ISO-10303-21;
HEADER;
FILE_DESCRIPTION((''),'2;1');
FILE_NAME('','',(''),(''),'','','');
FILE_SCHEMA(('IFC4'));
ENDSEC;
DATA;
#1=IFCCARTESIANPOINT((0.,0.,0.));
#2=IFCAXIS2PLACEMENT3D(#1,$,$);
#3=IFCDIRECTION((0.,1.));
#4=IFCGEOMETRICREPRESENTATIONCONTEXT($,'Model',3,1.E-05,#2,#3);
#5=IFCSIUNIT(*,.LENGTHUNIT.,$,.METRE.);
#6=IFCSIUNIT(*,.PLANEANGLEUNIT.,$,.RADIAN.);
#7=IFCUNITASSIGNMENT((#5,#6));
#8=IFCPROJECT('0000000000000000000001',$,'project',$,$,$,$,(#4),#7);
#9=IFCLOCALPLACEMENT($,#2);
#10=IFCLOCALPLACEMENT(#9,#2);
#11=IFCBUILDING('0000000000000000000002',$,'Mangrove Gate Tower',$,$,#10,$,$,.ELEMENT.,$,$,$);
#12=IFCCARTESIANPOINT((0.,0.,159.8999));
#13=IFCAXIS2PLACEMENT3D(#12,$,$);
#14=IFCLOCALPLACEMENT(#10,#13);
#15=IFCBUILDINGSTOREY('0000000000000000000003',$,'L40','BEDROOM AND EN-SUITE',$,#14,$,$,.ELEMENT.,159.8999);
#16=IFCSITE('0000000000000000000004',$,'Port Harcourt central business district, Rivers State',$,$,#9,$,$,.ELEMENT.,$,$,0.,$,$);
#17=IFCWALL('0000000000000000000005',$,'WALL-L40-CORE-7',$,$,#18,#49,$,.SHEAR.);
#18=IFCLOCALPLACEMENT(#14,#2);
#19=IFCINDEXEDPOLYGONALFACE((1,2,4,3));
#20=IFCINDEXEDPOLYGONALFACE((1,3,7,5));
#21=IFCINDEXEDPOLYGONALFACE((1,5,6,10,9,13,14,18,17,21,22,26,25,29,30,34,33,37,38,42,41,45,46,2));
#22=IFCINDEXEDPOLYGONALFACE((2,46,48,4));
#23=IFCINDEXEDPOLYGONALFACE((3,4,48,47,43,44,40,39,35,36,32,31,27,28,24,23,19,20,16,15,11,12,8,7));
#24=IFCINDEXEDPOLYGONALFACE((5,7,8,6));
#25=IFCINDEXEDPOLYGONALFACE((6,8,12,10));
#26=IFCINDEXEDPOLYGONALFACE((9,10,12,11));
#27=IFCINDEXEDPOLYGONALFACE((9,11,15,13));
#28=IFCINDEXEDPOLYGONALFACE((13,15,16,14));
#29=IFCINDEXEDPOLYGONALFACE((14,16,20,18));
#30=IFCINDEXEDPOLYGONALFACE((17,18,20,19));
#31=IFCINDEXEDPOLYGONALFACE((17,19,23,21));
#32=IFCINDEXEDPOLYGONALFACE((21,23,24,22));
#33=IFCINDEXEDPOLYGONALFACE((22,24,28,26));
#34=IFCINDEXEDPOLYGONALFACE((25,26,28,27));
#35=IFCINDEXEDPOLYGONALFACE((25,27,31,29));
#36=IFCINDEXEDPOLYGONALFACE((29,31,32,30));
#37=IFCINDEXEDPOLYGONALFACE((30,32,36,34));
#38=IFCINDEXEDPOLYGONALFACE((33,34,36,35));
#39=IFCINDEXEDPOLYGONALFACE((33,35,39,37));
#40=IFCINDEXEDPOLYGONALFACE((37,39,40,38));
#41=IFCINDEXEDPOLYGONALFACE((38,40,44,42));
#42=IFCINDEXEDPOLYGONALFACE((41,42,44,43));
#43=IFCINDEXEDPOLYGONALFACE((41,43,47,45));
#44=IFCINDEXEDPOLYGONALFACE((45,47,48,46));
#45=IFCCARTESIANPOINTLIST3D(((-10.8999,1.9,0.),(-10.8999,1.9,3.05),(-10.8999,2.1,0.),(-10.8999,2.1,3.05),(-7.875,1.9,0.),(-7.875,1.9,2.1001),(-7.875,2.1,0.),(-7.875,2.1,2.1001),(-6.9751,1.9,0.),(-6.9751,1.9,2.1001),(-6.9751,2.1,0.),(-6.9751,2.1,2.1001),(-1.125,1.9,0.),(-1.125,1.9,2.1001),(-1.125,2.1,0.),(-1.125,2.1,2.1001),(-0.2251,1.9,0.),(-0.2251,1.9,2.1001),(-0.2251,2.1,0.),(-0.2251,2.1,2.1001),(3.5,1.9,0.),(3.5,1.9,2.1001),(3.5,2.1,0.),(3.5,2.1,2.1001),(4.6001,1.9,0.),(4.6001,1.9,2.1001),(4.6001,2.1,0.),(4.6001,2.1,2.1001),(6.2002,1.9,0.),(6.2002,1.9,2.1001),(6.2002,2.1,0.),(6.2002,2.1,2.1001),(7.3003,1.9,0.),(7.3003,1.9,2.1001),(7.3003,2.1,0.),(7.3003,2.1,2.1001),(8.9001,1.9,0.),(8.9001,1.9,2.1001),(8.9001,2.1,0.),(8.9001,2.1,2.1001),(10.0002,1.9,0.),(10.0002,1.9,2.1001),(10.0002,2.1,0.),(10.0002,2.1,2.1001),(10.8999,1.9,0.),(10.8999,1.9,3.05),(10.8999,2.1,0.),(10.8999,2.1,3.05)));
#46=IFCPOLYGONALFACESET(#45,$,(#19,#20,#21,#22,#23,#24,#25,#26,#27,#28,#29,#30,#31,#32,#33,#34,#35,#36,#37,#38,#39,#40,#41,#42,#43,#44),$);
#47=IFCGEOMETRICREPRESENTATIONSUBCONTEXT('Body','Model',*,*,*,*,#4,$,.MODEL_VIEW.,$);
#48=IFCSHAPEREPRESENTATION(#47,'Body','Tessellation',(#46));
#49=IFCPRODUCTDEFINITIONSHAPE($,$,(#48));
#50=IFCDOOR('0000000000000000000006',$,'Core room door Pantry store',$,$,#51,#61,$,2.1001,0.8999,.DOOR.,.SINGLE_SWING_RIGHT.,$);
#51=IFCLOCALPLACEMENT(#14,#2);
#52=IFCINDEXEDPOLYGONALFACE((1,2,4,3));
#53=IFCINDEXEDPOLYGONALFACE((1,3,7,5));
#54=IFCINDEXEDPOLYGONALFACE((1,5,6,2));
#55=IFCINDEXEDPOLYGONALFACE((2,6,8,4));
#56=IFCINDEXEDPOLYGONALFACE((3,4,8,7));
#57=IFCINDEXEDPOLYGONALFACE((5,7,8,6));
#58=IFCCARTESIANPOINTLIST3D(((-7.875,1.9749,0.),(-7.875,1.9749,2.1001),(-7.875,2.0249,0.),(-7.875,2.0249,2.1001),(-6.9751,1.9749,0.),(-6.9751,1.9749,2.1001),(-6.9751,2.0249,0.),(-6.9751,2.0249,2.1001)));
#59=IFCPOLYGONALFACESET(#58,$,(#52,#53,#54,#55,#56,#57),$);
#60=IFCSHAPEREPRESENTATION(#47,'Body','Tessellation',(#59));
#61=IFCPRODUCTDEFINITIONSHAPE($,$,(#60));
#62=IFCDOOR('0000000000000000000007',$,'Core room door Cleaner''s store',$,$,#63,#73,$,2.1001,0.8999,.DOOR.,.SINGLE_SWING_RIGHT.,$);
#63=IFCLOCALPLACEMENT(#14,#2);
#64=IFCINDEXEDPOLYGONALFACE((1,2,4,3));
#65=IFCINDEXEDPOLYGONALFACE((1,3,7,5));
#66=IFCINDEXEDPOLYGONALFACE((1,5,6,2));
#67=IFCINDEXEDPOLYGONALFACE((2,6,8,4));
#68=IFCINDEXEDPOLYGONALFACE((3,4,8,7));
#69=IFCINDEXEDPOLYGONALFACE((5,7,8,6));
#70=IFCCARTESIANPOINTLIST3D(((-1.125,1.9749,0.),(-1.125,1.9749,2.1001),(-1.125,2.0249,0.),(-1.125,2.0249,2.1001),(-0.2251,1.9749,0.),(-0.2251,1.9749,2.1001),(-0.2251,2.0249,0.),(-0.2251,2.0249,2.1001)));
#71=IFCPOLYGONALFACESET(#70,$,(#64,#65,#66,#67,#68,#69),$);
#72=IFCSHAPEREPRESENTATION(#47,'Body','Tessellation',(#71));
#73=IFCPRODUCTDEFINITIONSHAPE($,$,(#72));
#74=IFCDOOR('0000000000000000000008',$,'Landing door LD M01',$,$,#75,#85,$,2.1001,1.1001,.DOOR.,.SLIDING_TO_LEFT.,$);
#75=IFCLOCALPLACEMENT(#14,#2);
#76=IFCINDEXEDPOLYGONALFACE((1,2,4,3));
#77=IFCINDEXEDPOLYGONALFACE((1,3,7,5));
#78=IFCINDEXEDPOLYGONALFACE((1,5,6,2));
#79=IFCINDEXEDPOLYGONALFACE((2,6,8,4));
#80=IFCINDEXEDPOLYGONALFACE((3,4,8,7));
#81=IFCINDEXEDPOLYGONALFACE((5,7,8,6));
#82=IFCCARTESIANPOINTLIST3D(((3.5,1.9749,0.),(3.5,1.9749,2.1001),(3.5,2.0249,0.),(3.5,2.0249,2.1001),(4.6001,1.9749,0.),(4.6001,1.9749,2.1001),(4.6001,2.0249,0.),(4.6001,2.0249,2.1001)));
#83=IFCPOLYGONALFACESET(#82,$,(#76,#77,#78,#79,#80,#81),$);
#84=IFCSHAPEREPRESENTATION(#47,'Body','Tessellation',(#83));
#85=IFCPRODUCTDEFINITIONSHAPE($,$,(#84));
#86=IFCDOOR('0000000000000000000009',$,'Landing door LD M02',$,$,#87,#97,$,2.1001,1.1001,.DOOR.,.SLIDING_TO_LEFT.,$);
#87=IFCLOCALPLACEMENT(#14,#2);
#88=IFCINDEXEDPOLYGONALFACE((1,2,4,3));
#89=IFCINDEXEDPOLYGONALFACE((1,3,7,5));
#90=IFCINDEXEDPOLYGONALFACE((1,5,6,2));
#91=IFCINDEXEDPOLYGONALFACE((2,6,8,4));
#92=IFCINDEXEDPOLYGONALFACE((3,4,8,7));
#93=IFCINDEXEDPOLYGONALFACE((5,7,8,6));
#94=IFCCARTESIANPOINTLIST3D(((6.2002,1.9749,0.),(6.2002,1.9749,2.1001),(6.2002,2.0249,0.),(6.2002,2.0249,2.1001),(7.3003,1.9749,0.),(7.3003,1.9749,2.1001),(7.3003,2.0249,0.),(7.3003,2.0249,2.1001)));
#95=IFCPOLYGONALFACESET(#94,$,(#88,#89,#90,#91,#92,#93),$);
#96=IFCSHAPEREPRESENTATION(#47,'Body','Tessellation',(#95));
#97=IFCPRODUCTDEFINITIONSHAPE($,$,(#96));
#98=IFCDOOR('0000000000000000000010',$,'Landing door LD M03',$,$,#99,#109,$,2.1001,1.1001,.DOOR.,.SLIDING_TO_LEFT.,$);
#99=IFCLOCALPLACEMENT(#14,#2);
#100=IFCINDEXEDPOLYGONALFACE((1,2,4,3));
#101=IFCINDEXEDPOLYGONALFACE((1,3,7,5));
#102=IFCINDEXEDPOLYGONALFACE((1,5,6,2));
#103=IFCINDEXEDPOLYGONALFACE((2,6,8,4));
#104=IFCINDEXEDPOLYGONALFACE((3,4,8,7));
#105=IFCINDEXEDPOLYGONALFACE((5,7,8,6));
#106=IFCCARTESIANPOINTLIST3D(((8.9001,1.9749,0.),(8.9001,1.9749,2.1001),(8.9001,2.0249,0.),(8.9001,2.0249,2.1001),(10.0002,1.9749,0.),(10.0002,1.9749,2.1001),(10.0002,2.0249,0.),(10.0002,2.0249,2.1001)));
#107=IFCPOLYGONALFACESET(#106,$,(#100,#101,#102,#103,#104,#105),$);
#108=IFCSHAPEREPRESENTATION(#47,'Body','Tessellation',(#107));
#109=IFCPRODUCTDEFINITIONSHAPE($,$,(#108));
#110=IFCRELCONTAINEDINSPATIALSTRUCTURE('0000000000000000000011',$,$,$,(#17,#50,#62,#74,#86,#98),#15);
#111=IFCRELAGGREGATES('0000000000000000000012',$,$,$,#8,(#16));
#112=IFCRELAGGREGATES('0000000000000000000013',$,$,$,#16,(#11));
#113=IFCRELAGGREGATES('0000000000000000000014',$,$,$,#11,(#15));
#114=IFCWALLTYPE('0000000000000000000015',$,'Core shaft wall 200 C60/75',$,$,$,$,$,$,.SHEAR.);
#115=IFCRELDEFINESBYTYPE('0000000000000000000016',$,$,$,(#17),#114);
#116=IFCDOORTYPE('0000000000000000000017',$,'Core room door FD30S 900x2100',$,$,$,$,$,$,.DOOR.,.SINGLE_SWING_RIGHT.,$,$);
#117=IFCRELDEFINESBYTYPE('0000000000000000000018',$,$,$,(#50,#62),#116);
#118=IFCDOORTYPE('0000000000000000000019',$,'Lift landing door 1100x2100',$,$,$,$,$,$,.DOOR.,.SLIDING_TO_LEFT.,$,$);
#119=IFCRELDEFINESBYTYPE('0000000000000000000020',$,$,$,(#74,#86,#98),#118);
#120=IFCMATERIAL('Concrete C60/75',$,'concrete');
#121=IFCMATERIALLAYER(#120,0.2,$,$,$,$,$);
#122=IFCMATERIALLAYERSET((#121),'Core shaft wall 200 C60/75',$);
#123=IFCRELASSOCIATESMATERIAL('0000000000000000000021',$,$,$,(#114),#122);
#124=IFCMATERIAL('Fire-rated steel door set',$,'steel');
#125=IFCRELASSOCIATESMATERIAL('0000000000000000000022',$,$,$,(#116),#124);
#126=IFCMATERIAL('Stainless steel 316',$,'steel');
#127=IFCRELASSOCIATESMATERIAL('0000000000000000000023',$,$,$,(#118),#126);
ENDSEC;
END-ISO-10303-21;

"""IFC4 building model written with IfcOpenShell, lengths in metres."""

from ifc_helpers import new_model, si_unit, direction, frame, frame_2d, origin, place, context, subcontext, project, spatial, rectangle, extrude, material, layer, layer_set, type_object, element, fill, save


model = new_model("IFC4")

# Units and contexts
model_context = context("Model", 3, precision=1e-05, world=origin(), true_north=direction((0.0, 1.0)))
body_context = subcontext(model_context, "Body", "Model", "MODEL_VIEW")
ifc_project = project(units=[si_unit("LENGTHUNIT", "METRE"), si_unit("PLANEANGLEUNIT", "RADIAN")], contexts=[model_context])

# Site, building, storey
site_placement = place(None, origin())
site = spatial("IfcSite", under=ifc_project, at=site_placement, Name="Port Harcourt central business district, Rivers State", CompositionType="ELEMENT", RefElevation=0.0)
building_placement = place(site_placement, origin())
building = spatial("IfcBuilding", under=site, at=building_placement, Name="Mangrove Gate Tower", CompositionType="ELEMENT")
storey_placement = place(building_placement, frame((0.0, 0.0, 159.8999)))
storey = spatial("IfcBuildingStorey", under=building, at=storey_placement, Name="L40", Description="BEDROOM AND EN-SUITE", CompositionType="ELEMENT", Elevation=159.8999)

# Shared definitions
ifc_material_1 = material(Name="Concrete C60/75", Category="concrete")
ifc_layer_1 = layer(ifc_material_1, 0.2)
ifc_layer_set_1 = layer_set([ifc_layer_1], Name="Core shaft wall 200 C60/75")
wall_type_1 = type_object("IfcWallType", Name="Core shaft wall 200 C60/75", PredefinedType="SHEAR", material=ifc_layer_set_1)

# Wall, openings, doors
wall_1_placement = place(storey_placement, frame((-10.8999, 2.0, 0.0), z_axis=(0.0, 0.0, 1.0), x_axis=(1.0, 0.0, 0.0)))
wall_1 = element("IfcWall", 1, at=wall_1_placement, inside=storey, type_object=wall_type_1, Name="WALL-L40-CORE-7", PredefinedType="SHEAR", context=body_context, shape_type="SweptSolid", body=[
    extrude(rectangle(XDim=21.7998, YDim=0.2, at=frame_2d((10.8999, 0.0))), origin(), (0.0, 0.0, 1.0), 3.05),
])
opening_1_placement = place(wall_1_placement, frame((14.3999, 0.0, 0.0)))
opening_1 = element("IfcOpeningElement", 2, at=opening_1_placement, cuts=wall_1, PredefinedType="OPENING", context=body_context, shape_type="SweptSolid", body=[
    extrude(rectangle(XDim=1.1001, YDim=2.1001, at=frame_2d((0.55, 1.05))), frame((0.0, 0.1099, 0.0), z_axis=(0.0, -1.0, 0.0), x_axis=(1.0, 0.0, 0.0)), (0.0, 0.0, 1.0), 0.22),
])
opening_2_placement = place(wall_1_placement, frame((17.1001, 0.0, 0.0)))
opening_2 = element("IfcOpeningElement", 3, at=opening_2_placement, cuts=wall_1, PredefinedType="OPENING", context=body_context, shape_type="SweptSolid", body=[
    extrude(rectangle(XDim=1.1001, YDim=2.1001, at=frame_2d((0.55, 1.05))), frame((0.0, 0.1099, 0.0), z_axis=(0.0, -1.0, 0.0), x_axis=(1.0, 0.0, 0.0)), (0.0, 0.0, 1.0), 0.22),
])
opening_3_placement = place(wall_1_placement, frame((19.8, 0.0, 0.0)))
opening_3 = element("IfcOpeningElement", 4, at=opening_3_placement, cuts=wall_1, PredefinedType="OPENING", context=body_context, shape_type="SweptSolid", body=[
    extrude(rectangle(XDim=1.1001, YDim=2.1001, at=frame_2d((0.55, 1.05))), frame((0.0, 0.1099, 0.0), z_axis=(0.0, -1.0, 0.0), x_axis=(1.0, 0.0, 0.0)), (0.0, 0.0, 1.0), 0.22),
])
opening_4_placement = place(wall_1_placement, frame((3.0249, 0.0, 0.0)))
opening_4 = element("IfcOpeningElement", 5, at=opening_4_placement, cuts=wall_1, PredefinedType="OPENING", context=body_context, shape_type="SweptSolid", body=[
    extrude(rectangle(XDim=0.8999, YDim=2.1001, at=frame_2d((0.45, 1.05))), frame((0.0, 0.1099, 0.0), z_axis=(0.0, -1.0, 0.0), x_axis=(1.0, 0.0, 0.0)), (0.0, 0.0, 1.0), 0.22),
])
opening_5_placement = place(wall_1_placement, frame((9.7749, 0.0, 0.0)))
opening_5 = element("IfcOpeningElement", 6, at=opening_5_placement, cuts=wall_1, PredefinedType="OPENING", context=body_context, shape_type="SweptSolid", body=[
    extrude(rectangle(XDim=0.8999, YDim=2.1001, at=frame_2d((0.45, 1.05))), frame((0.0, 0.1099, 0.0), z_axis=(0.0, -1.0, 0.0), x_axis=(1.0, 0.0, 0.0)), (0.0, 0.0, 1.0), 0.22),
])
ifc_material_2 = material(Name="Fire-rated steel door set", Category="steel")
door_type_1 = type_object("IfcDoorType", Name="Core room door FD30S 900x2100", OperationType="SINGLE_SWING_RIGHT", PredefinedType="DOOR", material=ifc_material_2)
door_1_placement = place(opening_4_placement, origin())
door_1 = element("IfcDoor", 7, at=door_1_placement, inside=storey, type_object=door_type_1, Name="Core room door Pantry store", OperationType="SINGLE_SWING_RIGHT", OverallHeight=2.1001, OverallWidth=0.8999, PredefinedType="DOOR", context=body_context, shape_type="SweptSolid", body=[
    extrude(rectangle(XDim=0.8999, YDim=2.1001, at=frame_2d((0.45, 1.05))), frame((0.0, 0.0249, 0.0), z_axis=(0.0, -1.0, 0.0), x_axis=(1.0, 0.0, 0.0)), (0.0, 0.0, 1.0), 0.05),
])
fill(opening_4, door_1)
door_2_placement = place(opening_5_placement, origin())
door_2 = element("IfcDoor", 8, at=door_2_placement, inside=storey, type_object=door_type_1, Name="Core room door Cleaner's store", OperationType="SINGLE_SWING_RIGHT", OverallHeight=2.1001, OverallWidth=0.8999, PredefinedType="DOOR", context=body_context, shape_type="SweptSolid", body=[
    extrude(rectangle(XDim=0.8999, YDim=2.1001, at=frame_2d((0.45, 1.05))), frame((0.0, 0.0249, 0.0), z_axis=(0.0, -1.0, 0.0), x_axis=(1.0, 0.0, 0.0)), (0.0, 0.0, 1.0), 0.05),
])
fill(opening_5, door_2)
ifc_material_3 = material(Name="Stainless steel 316", Category="steel")
door_type_2 = type_object("IfcDoorType", Name="Lift landing door 1100x2100", OperationType="SLIDING_TO_LEFT", PredefinedType="DOOR", material=ifc_material_3)
door_3_placement = place(opening_1_placement, origin())
door_3 = element("IfcDoor", 9, at=door_3_placement, inside=storey, type_object=door_type_2, Name="Landing door LD M01", OperationType="SLIDING_TO_LEFT", OverallHeight=2.1001, OverallWidth=1.1001, PredefinedType="DOOR", context=body_context, shape_type="SweptSolid", body=[
    extrude(rectangle(XDim=1.1001, YDim=2.1001, at=frame_2d((0.55, 1.05))), frame((0.0, 0.0249, 0.0), z_axis=(0.0, -1.0, 0.0), x_axis=(1.0, 0.0, 0.0)), (0.0, 0.0, 1.0), 0.05),
])
fill(opening_1, door_3)
door_4_placement = place(opening_2_placement, origin())
door_4 = element("IfcDoor", 10, at=door_4_placement, inside=storey, type_object=door_type_2, Name="Landing door LD M02", OperationType="SLIDING_TO_LEFT", OverallHeight=2.1001, OverallWidth=1.1001, PredefinedType="DOOR", context=body_context, shape_type="SweptSolid", body=[
    extrude(rectangle(XDim=1.1001, YDim=2.1001, at=frame_2d((0.55, 1.05))), frame((0.0, 0.0249, 0.0), z_axis=(0.0, -1.0, 0.0), x_axis=(1.0, 0.0, 0.0)), (0.0, 0.0, 1.0), 0.05),
])
fill(opening_2, door_4)
door_5_placement = place(opening_3_placement, origin())
door_5 = element("IfcDoor", 11, at=door_5_placement, inside=storey, type_object=door_type_2, Name="Landing door LD M03", OperationType="SLIDING_TO_LEFT", OverallHeight=2.1001, OverallWidth=1.1001, PredefinedType="DOOR", context=body_context, shape_type="SweptSolid", body=[
    extrude(rectangle(XDim=1.1001, YDim=2.1001, at=frame_2d((0.55, 1.05))), frame((0.0, 0.0249, 0.0), z_axis=(0.0, -1.0, 0.0), x_axis=(1.0, 0.0, 0.0)), (0.0, 0.0, 1.0), 0.05),
])
fill(opening_3, door_5)

save(model, "model.ifc")
